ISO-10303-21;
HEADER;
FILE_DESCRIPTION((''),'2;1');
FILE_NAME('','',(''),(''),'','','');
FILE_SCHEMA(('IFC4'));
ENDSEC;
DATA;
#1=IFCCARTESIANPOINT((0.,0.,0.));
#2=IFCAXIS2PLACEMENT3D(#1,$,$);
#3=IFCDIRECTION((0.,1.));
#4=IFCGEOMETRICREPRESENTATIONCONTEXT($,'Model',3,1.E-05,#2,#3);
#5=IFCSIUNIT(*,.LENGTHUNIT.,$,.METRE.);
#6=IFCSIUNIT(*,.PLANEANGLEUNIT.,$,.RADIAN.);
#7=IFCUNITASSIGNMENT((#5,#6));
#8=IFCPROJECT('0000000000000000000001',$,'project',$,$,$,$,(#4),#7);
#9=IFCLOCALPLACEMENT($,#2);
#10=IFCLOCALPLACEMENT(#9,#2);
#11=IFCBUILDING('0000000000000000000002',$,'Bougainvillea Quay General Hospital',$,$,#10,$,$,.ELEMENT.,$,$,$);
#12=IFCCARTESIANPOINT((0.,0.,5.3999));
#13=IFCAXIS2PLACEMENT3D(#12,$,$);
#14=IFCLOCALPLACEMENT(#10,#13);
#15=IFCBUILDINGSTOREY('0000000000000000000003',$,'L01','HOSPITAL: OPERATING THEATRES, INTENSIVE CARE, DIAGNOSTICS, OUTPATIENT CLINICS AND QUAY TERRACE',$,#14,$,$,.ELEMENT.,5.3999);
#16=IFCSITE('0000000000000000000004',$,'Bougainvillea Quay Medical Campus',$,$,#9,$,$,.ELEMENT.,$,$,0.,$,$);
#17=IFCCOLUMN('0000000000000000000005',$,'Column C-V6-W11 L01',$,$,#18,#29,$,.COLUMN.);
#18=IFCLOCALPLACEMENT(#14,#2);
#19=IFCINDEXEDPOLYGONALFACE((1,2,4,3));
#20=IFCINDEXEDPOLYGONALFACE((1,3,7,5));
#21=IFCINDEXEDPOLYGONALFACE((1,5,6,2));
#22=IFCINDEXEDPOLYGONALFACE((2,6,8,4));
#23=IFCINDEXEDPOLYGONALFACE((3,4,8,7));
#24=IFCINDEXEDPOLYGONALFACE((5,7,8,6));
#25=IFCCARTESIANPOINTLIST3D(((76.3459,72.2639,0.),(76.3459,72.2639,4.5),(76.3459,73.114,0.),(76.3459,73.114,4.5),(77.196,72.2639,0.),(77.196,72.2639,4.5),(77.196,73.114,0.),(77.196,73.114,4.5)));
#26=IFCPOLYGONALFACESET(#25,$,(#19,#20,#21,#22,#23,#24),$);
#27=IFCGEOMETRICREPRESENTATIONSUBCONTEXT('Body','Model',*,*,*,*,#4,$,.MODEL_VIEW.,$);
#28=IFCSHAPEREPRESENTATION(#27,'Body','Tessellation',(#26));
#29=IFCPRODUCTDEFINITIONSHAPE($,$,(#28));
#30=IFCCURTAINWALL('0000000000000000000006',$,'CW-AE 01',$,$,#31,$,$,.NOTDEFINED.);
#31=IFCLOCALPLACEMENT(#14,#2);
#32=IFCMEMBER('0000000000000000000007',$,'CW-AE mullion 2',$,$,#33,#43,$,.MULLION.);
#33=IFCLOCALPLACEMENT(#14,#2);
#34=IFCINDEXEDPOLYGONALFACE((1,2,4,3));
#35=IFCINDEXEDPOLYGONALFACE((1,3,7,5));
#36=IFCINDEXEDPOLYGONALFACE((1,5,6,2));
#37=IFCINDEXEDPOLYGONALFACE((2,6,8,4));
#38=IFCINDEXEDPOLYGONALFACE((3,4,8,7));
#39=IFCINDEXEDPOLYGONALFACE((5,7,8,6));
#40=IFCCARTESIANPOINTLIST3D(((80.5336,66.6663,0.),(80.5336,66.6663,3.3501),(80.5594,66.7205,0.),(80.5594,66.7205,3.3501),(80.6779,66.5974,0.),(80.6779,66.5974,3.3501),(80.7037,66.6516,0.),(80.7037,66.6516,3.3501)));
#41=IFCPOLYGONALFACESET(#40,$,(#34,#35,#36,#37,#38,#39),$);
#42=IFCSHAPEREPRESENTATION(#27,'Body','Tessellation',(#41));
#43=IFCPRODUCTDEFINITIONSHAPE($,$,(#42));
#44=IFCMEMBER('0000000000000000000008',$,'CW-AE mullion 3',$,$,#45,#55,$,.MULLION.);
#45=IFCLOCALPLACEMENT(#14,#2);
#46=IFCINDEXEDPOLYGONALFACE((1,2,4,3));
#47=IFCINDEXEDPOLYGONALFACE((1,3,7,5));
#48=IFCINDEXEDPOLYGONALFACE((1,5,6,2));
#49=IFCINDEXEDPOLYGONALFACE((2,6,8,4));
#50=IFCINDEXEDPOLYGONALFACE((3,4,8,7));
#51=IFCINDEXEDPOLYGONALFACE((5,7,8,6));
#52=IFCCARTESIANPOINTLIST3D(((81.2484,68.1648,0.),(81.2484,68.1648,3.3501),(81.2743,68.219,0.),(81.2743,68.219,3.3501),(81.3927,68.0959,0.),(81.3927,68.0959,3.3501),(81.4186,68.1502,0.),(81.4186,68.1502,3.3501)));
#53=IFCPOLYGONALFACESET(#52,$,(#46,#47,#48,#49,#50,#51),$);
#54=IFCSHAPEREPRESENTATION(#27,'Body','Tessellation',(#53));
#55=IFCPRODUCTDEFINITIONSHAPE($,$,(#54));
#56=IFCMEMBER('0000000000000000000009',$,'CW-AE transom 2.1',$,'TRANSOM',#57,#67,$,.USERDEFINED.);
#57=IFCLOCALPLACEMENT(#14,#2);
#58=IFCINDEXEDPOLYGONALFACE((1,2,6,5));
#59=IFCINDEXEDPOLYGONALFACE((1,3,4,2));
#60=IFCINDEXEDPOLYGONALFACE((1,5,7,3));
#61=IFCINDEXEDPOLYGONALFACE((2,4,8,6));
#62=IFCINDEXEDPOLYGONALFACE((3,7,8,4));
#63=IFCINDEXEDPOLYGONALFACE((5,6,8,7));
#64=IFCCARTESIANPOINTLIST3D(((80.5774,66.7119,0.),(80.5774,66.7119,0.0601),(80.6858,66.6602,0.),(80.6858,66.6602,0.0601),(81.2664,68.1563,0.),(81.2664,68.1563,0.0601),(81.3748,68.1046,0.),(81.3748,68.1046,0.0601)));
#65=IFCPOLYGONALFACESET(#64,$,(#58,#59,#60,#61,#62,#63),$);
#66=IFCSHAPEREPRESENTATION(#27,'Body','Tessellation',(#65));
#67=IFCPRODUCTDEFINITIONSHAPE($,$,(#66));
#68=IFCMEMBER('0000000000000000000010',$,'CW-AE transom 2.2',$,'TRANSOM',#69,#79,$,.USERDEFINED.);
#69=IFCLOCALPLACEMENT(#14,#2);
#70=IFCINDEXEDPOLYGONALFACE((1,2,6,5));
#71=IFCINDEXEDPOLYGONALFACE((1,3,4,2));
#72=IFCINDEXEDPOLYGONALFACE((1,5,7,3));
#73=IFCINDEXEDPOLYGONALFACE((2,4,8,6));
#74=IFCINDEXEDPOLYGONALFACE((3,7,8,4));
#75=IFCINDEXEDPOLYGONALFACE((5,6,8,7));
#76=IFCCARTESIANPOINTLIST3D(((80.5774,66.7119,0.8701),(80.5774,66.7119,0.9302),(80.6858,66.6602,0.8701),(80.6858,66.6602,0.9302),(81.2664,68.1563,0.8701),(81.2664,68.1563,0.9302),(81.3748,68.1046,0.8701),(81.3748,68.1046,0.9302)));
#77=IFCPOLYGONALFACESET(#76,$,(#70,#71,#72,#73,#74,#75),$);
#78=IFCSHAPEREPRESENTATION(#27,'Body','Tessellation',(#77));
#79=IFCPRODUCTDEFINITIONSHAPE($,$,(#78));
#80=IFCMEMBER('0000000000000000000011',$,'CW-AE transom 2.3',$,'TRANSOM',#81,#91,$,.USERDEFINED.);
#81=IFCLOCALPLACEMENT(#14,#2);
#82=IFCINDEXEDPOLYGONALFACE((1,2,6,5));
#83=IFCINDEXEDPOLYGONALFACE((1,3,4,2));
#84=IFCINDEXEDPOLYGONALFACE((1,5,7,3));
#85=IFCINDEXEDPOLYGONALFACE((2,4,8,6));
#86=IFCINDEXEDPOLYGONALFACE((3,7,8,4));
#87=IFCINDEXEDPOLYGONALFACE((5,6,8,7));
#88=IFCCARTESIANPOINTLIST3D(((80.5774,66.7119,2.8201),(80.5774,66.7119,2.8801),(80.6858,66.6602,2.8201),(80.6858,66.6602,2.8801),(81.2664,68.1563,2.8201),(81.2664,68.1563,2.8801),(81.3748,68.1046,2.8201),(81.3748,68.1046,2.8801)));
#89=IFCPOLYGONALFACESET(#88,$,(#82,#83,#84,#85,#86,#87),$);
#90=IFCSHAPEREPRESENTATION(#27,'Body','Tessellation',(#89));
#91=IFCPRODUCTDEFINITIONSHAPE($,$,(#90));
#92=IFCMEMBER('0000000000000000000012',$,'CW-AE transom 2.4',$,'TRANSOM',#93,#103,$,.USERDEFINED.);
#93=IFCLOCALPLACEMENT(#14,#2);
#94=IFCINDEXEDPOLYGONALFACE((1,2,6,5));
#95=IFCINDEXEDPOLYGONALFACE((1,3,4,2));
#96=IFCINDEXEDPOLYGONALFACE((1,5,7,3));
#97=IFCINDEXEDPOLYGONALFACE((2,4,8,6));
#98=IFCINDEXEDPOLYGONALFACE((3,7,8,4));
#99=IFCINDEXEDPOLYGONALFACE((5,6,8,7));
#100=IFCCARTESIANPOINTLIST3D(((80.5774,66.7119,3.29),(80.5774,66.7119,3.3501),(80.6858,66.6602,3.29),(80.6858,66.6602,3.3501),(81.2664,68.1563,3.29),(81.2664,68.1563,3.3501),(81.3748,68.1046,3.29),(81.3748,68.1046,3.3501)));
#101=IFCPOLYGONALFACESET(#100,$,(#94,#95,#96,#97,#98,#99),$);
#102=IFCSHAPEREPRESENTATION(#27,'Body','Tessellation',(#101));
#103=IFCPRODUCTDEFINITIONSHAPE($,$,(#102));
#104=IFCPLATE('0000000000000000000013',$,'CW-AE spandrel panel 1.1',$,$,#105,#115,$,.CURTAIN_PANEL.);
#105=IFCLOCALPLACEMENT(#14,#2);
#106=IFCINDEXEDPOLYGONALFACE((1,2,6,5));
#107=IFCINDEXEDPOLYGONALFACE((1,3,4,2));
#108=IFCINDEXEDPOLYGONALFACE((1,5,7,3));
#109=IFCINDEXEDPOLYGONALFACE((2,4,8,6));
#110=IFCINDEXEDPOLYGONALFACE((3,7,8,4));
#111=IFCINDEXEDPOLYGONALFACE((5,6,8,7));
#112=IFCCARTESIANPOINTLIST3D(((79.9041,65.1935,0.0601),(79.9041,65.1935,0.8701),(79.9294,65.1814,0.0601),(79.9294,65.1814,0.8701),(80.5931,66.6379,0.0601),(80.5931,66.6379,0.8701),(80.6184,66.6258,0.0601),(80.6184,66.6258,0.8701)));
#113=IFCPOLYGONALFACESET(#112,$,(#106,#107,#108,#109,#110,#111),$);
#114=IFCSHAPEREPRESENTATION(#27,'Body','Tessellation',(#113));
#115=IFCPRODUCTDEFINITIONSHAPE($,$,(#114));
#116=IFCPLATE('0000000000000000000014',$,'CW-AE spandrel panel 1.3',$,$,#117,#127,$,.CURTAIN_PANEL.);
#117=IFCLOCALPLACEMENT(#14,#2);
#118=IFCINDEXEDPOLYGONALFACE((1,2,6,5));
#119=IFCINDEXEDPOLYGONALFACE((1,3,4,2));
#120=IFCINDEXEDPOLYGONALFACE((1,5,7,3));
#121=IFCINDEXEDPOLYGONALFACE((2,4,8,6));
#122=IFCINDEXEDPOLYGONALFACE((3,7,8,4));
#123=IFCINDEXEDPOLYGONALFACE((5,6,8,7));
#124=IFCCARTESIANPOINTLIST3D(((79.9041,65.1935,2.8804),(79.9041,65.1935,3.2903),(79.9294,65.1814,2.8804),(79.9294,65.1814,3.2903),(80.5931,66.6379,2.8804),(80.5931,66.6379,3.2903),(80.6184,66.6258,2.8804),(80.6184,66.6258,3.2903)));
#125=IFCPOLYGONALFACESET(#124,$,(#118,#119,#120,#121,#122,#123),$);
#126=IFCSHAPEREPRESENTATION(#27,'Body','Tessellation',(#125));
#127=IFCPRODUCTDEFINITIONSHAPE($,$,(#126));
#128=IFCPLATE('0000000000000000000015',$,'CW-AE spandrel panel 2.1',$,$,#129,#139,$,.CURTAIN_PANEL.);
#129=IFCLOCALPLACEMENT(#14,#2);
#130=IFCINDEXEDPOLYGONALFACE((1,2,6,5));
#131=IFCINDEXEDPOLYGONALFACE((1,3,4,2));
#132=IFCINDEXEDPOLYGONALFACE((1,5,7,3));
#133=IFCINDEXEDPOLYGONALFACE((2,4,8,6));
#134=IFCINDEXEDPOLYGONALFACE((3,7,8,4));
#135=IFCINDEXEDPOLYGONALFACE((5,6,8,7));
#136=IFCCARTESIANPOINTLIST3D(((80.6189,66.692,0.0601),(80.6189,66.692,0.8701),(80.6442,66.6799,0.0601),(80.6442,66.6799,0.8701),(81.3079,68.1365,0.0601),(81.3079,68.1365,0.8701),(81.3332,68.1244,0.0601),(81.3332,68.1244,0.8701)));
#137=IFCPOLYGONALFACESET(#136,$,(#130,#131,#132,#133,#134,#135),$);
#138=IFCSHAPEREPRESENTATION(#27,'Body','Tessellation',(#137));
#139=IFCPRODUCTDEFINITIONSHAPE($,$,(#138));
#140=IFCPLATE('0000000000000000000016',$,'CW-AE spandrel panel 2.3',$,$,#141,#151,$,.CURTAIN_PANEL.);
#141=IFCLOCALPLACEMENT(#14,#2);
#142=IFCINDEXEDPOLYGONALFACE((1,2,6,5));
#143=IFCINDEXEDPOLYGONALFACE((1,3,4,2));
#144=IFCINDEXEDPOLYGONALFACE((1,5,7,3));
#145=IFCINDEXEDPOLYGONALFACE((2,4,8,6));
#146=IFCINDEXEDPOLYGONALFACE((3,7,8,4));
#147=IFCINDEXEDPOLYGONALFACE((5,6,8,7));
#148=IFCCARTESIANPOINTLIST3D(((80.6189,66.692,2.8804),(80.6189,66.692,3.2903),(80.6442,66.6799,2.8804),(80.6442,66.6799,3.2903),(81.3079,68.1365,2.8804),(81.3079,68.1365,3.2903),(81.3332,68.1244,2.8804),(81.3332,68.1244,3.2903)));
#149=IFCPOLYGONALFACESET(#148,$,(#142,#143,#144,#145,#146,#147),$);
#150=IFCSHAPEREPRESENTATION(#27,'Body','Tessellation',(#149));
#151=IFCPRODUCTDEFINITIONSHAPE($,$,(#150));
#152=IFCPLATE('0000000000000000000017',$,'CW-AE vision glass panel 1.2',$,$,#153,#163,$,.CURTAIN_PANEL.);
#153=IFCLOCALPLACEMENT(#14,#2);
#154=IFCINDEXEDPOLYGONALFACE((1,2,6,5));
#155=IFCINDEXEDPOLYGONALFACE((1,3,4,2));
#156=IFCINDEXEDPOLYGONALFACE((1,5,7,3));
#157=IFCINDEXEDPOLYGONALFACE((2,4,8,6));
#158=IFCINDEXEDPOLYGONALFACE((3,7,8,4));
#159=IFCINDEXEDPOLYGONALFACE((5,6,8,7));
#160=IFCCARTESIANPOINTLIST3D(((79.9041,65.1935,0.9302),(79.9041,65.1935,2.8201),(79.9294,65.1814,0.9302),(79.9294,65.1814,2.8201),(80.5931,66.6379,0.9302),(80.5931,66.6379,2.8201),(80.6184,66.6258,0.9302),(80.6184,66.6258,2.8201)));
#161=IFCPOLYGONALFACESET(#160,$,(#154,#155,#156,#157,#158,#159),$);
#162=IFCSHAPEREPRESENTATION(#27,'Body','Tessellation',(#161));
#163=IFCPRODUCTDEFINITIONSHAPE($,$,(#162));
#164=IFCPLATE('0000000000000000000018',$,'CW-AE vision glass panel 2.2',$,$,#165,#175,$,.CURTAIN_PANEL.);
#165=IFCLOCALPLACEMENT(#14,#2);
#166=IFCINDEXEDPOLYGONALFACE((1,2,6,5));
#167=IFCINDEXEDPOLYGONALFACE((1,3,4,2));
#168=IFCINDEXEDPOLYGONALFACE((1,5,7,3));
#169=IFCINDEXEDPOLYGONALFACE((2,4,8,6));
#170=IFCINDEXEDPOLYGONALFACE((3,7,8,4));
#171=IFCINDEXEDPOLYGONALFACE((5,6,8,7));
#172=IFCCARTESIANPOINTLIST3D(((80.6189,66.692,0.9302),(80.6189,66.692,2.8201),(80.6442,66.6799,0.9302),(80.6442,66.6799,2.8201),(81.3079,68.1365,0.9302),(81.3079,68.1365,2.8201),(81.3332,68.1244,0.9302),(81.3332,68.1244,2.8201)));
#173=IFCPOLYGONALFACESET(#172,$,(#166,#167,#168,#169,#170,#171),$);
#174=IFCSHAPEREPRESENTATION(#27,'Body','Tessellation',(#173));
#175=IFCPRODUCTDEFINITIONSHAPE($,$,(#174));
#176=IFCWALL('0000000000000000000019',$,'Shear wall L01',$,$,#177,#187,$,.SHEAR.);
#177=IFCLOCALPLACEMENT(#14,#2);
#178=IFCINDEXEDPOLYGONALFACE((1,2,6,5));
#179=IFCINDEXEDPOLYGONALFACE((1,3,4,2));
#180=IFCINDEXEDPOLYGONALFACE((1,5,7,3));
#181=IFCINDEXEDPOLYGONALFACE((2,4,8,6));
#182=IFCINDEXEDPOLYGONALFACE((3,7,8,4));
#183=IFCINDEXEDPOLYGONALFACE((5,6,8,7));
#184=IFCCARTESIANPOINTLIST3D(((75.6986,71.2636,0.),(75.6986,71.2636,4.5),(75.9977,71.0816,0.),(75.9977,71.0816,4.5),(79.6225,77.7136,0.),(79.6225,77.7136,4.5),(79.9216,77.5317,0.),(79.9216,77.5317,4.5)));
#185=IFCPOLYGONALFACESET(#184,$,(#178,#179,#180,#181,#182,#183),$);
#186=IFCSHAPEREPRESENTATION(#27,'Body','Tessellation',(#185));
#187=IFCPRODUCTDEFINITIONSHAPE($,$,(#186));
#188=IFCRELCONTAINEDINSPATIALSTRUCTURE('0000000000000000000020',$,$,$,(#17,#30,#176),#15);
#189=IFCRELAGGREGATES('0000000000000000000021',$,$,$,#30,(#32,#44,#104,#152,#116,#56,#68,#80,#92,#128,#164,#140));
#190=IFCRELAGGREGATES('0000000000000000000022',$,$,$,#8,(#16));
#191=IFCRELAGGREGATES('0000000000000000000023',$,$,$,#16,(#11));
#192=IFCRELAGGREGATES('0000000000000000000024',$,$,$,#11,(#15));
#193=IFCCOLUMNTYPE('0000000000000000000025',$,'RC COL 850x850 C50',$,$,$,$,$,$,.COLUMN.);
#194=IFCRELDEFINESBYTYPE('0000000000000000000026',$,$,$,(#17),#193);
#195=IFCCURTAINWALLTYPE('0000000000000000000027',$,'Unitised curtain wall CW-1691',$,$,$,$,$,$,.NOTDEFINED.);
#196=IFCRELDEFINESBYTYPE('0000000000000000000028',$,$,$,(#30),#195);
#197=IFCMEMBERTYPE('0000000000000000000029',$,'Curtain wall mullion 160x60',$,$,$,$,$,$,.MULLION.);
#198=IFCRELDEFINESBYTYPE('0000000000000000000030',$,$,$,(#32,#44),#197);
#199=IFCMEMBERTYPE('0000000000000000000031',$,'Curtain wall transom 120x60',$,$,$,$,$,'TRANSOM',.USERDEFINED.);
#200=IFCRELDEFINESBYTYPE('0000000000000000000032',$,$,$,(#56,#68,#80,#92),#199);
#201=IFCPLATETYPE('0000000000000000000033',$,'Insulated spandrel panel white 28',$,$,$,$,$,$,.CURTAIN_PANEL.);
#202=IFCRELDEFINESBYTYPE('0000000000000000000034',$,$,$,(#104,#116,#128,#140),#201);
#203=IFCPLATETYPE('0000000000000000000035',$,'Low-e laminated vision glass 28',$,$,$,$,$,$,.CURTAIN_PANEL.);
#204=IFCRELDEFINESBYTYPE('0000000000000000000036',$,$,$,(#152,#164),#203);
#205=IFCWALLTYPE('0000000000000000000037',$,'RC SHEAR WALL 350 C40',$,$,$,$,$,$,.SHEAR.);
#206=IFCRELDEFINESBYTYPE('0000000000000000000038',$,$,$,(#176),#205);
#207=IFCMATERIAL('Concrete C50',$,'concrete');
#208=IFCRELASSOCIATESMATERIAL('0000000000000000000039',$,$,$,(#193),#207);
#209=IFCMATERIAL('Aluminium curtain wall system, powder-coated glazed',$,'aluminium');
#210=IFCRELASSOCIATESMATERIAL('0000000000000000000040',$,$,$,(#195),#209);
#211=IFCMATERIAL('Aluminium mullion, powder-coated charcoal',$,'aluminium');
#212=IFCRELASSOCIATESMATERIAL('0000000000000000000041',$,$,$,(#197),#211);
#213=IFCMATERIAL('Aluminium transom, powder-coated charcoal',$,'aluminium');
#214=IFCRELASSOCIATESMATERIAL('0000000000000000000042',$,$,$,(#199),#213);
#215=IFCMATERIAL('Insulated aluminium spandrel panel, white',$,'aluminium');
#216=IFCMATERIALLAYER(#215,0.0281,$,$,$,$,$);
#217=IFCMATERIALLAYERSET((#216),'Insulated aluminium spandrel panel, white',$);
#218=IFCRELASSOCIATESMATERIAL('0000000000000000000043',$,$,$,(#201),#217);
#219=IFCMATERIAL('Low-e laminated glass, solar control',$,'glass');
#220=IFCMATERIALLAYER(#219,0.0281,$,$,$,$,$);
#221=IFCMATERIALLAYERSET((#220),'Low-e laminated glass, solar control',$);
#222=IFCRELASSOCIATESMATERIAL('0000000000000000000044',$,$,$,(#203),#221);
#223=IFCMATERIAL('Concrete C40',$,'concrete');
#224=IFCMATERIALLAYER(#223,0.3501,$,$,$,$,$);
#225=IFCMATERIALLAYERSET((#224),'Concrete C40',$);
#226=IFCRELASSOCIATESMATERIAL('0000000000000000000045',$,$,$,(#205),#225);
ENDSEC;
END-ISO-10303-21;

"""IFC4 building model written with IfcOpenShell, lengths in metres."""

from ifc_helpers import new_model, si_unit, direction, frame, frame_2d, origin, origin_2d, place, context, subcontext, project, spatial, rectangle, extrude, material, layer, layer_set, material_profile, profile_set, type_object, element, aggregate, save


model = new_model("IFC4")

# Units and contexts
model_context = context("Model", 3, precision=1e-05, world=origin(), true_north=direction((0.0, 1.0)))
body_context = subcontext(model_context, "Body", "Model", "MODEL_VIEW")
ifc_project = project(units=[si_unit("LENGTHUNIT", "METRE"), si_unit("PLANEANGLEUNIT", "RADIAN")], contexts=[model_context])

# Site, building, storey
site_placement = place(None, origin())
site = spatial("IfcSite", under=ifc_project, at=site_placement, Name="Bougainvillea Quay Medical Campus", CompositionType="ELEMENT", RefElevation=0.0)
building_placement = place(site_placement, origin())
building = spatial("IfcBuilding", under=site, at=building_placement, Name="Bougainvillea Quay General Hospital", CompositionType="ELEMENT")
storey_placement = place(building_placement, frame((0.0, 0.0, 5.3999)))
storey = spatial("IfcBuildingStorey", under=building, at=storey_placement, Name="L01", Description="HOSPITAL: OPERATING THEATRES, INTENSIVE CARE, DIAGNOSTICS, OUTPATIENT CLINICS AND QUAY TERRACE", CompositionType="ELEMENT", Elevation=5.3999)

# Column
ifc_material_1 = material(Name="Concrete C50", Category="concrete")
ifc_material_profile_1 = material_profile(ifc_material_1, rectangle(XDim=0.8501, YDim=0.8501, at=origin_2d()))
ifc_profile_set_1 = profile_set([ifc_material_profile_1], Name="Concrete C50")
column_type = type_object("IfcColumnType", Name="RC COL 850x850 C50", PredefinedType="COLUMN", material=ifc_profile_set_1)
column_placement = place(storey_placement, frame((76.771, 72.689, 0.0), z_axis=(0.0, 0.0, 1.0), x_axis=(1.0, 0.0, 0.0)))
element("IfcColumn", 1, at=column_placement, inside=storey, type_object=column_type, Name="Column C-V6-W11 L01", PredefinedType="COLUMN", context=body_context, shape_type="SweptSolid", body=[
    extrude(rectangle(XDim=0.8501, YDim=0.8501, at=origin_2d()), origin(), (0.0, 0.0, 1.0), 4.5),
])

# Curtain wall, members, plates
ifc_material_2 = material(Name="Aluminium curtain wall system, powder-coated glazed", Category="aluminium")
curtain_wall_type = type_object("IfcCurtainWallType", Name="Unitised curtain wall CW-1691", PredefinedType="NOTDEFINED", material=ifc_material_2)
curtain_wall_placement = place(storey_placement, origin())
curtain_wall = element("IfcCurtainWall", 2, at=curtain_wall_placement, inside=storey, type_object=curtain_wall_type, Name="CW-AE 01", PredefinedType="NOTDEFINED")
ifc_material_3 = material(Name="Aluminium mullion, powder-coated charcoal", Category="aluminium")
ifc_material_profile_2 = material_profile(ifc_material_3, rectangle(XDim=0.1599, YDim=0.0601, at=origin_2d()))
ifc_profile_set_2 = profile_set([ifc_material_profile_2], Name="Aluminium mullion, powder-coated charcoal")
member_type_1 = type_object("IfcMemberType", Name="Curtain wall mullion 160x60", PredefinedType="MULLION", material=ifc_profile_set_2)
member_1_placement = place(storey_placement, frame((80.6187, 66.6589, 0.0), z_axis=(0.0, 0.0, 1.0), x_axis=(-0.902576, 0.43053, 0.0)))
member_1 = element("IfcMember", 3, at=member_1_placement, type_object=member_type_1, Name="CW-AE mullion 2", PredefinedType="MULLION", context=body_context, shape_type="SweptSolid", body=[
    extrude(rectangle(XDim=0.1599, YDim=0.0601, at=origin_2d()), origin(), (0.0, 0.0, 1.0), 3.3501),
])
member_2_placement = place(storey_placement, frame((81.3335, 68.1575, 0.0), z_axis=(0.0, 0.0, 1.0), x_axis=(-0.902576, 0.43053, 0.0)))
member_2 = element("IfcMember", 4, at=member_2_placement, type_object=member_type_1, Name="CW-AE mullion 3", PredefinedType="MULLION", context=body_context, shape_type="SweptSolid", body=[
    extrude(rectangle(XDim=0.1599, YDim=0.0601, at=origin_2d()), origin(), (0.0, 0.0, 1.0), 3.3501),
])
ifc_material_4 = material(Name="Aluminium transom, powder-coated charcoal", Category="aluminium")
ifc_material_profile_3 = material_profile(ifc_material_4, rectangle(XDim=0.1201, YDim=0.0601, at=origin_2d()))
ifc_profile_set_3 = profile_set([ifc_material_profile_3], Name="Aluminium transom, powder-coated charcoal")
member_type_2 = type_object("IfcMemberType", Name="Curtain wall transom 120x60", ElementType="TRANSOM", PredefinedType="USERDEFINED", material=ifc_profile_set_3)
member_3_placement = place(storey_placement, frame((80.6316, 66.686, 0.03), z_axis=(0.430538, 0.902573, 0.0), x_axis=(-0.902573, 0.430538, 0.0)))
member_3 = element("IfcMember", 5, at=member_3_placement, type_object=member_type_2, Name="CW-AE transom 2.1", ObjectType="TRANSOM", PredefinedType="USERDEFINED", context=body_context, shape_type="SweptSolid", body=[
    extrude(rectangle(XDim=0.1201, YDim=0.0601, at=origin_2d()), origin(), (0.0, 0.0, 1.0), 1.6003),
])
member_4_placement = place(storey_placement, frame((80.6316, 66.686, 0.9001), z_axis=(0.430538, 0.902573, 0.0), x_axis=(-0.902573, 0.430538, 0.0)))
member_4 = element("IfcMember", 6, at=member_4_placement, type_object=member_type_2, Name="CW-AE transom 2.2", ObjectType="TRANSOM", PredefinedType="USERDEFINED", context=body_context, shape_type="SweptSolid", body=[
    extrude(rectangle(XDim=0.1201, YDim=0.0601, at=origin_2d()), origin(), (0.0, 0.0, 1.0), 1.6003),
])
member_5_placement = place(storey_placement, frame((80.6316, 66.686, 2.8501), z_axis=(0.430538, 0.902573, 0.0), x_axis=(-0.902573, 0.430538, 0.0)))
member_5 = element("IfcMember", 7, at=member_5_placement, type_object=member_type_2, Name="CW-AE transom 2.3", ObjectType="TRANSOM", PredefinedType="USERDEFINED", context=body_context, shape_type="SweptSolid", body=[
    extrude(rectangle(XDim=0.1201, YDim=0.0601, at=origin_2d()), origin(), (0.0, 0.0, 1.0), 1.6003),
])
member_6_placement = place(storey_placement, frame((80.6316, 66.686, 3.3201), z_axis=(0.430538, 0.902573, 0.0), x_axis=(-0.902573, 0.430538, 0.0)))
member_6 = element("IfcMember", 8, at=member_6_placement, type_object=member_type_2, Name="CW-AE transom 2.4", ObjectType="TRANSOM", PredefinedType="USERDEFINED", context=body_context, shape_type="SweptSolid", body=[
    extrude(rectangle(XDim=0.1201, YDim=0.0601, at=origin_2d()), origin(), (0.0, 0.0, 1.0), 1.6003),
])
ifc_material_5 = material(Name="Insulated aluminium spandrel panel, white", Category="aluminium")
ifc_layer_1 = layer(ifc_material_5, 0.0281)
ifc_layer_set_1 = layer_set([ifc_layer_1], Name="Insulated aluminium spandrel panel, white")
plate_type_1 = type_object("IfcPlateType", Name="Insulated spandrel panel white 28", PredefinedType="CURTAIN_PANEL", material=ifc_layer_set_1)
plate_1_placement = place(storey_placement, frame((80.2612, 65.9097, 0.0601), z_axis=(0.0, 0.0, 1.0), x_axis=(0.43053, 0.902576, 0.0)))
plate_1 = element("IfcPlate", 9, at=plate_1_placement, type_object=plate_type_1, Name="CW-AE spandrel panel 1.1", PredefinedType="CURTAIN_PANEL", context=body_context, shape_type="SweptSolid", body=[
    extrude(rectangle(XDim=1.6003, YDim=0.0281, at=origin_2d()), origin(), (0.0, 0.0, 1.0), 0.8101),
])
plate_2_placement = place(storey_placement, frame((80.2612, 65.9097, 2.8804), z_axis=(0.0, 0.0, 1.0), x_axis=(0.43053, 0.902576, 0.0)))
plate_2 = element("IfcPlate", 10, at=plate_2_placement, type_object=plate_type_1, Name="CW-AE spandrel panel 1.3", PredefinedType="CURTAIN_PANEL", context=body_context, shape_type="SweptSolid", body=[
    extrude(rectangle(XDim=1.6003, YDim=0.0281, at=origin_2d()), origin(), (0.0, 0.0, 1.0), 0.4099),
])
plate_3_placement = place(storey_placement, frame((80.9761, 67.4082, 0.0601), z_axis=(0.0, 0.0, 1.0), x_axis=(0.43053, 0.902576, 0.0)))
plate_3 = element("IfcPlate", 11, at=plate_3_placement, type_object=plate_type_1, Name="CW-AE spandrel panel 2.1", PredefinedType="CURTAIN_PANEL", context=body_context, shape_type="SweptSolid", body=[
    extrude(rectangle(XDim=1.6003, YDim=0.0281, at=origin_2d()), origin(), (0.0, 0.0, 1.0), 0.8101),
])
plate_4_placement = place(storey_placement, frame((80.9761, 67.4082, 2.8804), z_axis=(0.0, 0.0, 1.0), x_axis=(0.43053, 0.902576, 0.0)))
plate_4 = element("IfcPlate", 12, at=plate_4_placement, type_object=plate_type_1, Name="CW-AE spandrel panel 2.3", PredefinedType="CURTAIN_PANEL", context=body_context, shape_type="SweptSolid", body=[
    extrude(rectangle(XDim=1.6003, YDim=0.0281, at=origin_2d()), origin(), (0.0, 0.0, 1.0), 0.4099),
])
ifc_material_6 = material(Name="Low-e laminated glass, solar control", Category="glass")
ifc_layer_2 = layer(ifc_material_6, 0.0281)
ifc_layer_set_2 = layer_set([ifc_layer_2], Name="Low-e laminated glass, solar control")
plate_type_2 = type_object("IfcPlateType", Name="Low-e laminated vision glass 28", PredefinedType="CURTAIN_PANEL", material=ifc_layer_set_2)
plate_5_placement = place(storey_placement, frame((80.2612, 65.9097, 0.9302), z_axis=(0.0, 0.0, 1.0), x_axis=(0.43053, 0.902576, 0.0)))
plate_5 = element("IfcPlate", 13, at=plate_5_placement, type_object=plate_type_2, Name="CW-AE vision glass panel 1.2", PredefinedType="CURTAIN_PANEL", context=body_context, shape_type="SweptSolid", body=[
    extrude(rectangle(XDim=1.6003, YDim=0.0281, at=origin_2d()), origin(), (0.0, 0.0, 1.0), 1.8899),
])
plate_6_placement = place(storey_placement, frame((80.9761, 67.4082, 0.9302), z_axis=(0.0, 0.0, 1.0), x_axis=(0.43053, 0.902576, 0.0)))
plate_6 = element("IfcPlate", 14, at=plate_6_placement, type_object=plate_type_2, Name="CW-AE vision glass panel 2.2", PredefinedType="CURTAIN_PANEL", context=body_context, shape_type="SweptSolid", body=[
    extrude(rectangle(XDim=1.6003, YDim=0.0281, at=origin_2d()), origin(), (0.0, 0.0, 1.0), 1.8899),
])
aggregate(curtain_wall, [member_1, member_2, plate_1, plate_5, plate_2, member_3, member_4, member_5, member_6, plate_3, plate_6, plate_4])

# Wall
ifc_material_7 = material(Name="Concrete C40", Category="concrete")
ifc_layer_3 = layer(ifc_material_7, 0.3501)
ifc_layer_set_3 = layer_set([ifc_layer_3], Name="Concrete C40")
wall_type = type_object("IfcWallType", Name="RC SHEAR WALL 350 C40", PredefinedType="SHEAR", material=ifc_layer_set_3)
wall_placement = place(storey_placement, frame((75.8481, 71.1726, 0.0), z_axis=(0.0, 0.0, 1.0), x_axis=(0.519731, 0.85433, 0.0)))
element("IfcWall", 15, at=wall_placement, inside=storey, type_object=wall_type, Name="Shear wall L01", PredefinedType="SHEAR", context=body_context, shape_type="SweptSolid", body=[
    extrude(rectangle(XDim=7.5498, YDim=0.3501, at=frame_2d((3.7749, 0.0))), origin(), (0.0, 0.0, 1.0), 4.5),
])

save(model, "model.ifc")
